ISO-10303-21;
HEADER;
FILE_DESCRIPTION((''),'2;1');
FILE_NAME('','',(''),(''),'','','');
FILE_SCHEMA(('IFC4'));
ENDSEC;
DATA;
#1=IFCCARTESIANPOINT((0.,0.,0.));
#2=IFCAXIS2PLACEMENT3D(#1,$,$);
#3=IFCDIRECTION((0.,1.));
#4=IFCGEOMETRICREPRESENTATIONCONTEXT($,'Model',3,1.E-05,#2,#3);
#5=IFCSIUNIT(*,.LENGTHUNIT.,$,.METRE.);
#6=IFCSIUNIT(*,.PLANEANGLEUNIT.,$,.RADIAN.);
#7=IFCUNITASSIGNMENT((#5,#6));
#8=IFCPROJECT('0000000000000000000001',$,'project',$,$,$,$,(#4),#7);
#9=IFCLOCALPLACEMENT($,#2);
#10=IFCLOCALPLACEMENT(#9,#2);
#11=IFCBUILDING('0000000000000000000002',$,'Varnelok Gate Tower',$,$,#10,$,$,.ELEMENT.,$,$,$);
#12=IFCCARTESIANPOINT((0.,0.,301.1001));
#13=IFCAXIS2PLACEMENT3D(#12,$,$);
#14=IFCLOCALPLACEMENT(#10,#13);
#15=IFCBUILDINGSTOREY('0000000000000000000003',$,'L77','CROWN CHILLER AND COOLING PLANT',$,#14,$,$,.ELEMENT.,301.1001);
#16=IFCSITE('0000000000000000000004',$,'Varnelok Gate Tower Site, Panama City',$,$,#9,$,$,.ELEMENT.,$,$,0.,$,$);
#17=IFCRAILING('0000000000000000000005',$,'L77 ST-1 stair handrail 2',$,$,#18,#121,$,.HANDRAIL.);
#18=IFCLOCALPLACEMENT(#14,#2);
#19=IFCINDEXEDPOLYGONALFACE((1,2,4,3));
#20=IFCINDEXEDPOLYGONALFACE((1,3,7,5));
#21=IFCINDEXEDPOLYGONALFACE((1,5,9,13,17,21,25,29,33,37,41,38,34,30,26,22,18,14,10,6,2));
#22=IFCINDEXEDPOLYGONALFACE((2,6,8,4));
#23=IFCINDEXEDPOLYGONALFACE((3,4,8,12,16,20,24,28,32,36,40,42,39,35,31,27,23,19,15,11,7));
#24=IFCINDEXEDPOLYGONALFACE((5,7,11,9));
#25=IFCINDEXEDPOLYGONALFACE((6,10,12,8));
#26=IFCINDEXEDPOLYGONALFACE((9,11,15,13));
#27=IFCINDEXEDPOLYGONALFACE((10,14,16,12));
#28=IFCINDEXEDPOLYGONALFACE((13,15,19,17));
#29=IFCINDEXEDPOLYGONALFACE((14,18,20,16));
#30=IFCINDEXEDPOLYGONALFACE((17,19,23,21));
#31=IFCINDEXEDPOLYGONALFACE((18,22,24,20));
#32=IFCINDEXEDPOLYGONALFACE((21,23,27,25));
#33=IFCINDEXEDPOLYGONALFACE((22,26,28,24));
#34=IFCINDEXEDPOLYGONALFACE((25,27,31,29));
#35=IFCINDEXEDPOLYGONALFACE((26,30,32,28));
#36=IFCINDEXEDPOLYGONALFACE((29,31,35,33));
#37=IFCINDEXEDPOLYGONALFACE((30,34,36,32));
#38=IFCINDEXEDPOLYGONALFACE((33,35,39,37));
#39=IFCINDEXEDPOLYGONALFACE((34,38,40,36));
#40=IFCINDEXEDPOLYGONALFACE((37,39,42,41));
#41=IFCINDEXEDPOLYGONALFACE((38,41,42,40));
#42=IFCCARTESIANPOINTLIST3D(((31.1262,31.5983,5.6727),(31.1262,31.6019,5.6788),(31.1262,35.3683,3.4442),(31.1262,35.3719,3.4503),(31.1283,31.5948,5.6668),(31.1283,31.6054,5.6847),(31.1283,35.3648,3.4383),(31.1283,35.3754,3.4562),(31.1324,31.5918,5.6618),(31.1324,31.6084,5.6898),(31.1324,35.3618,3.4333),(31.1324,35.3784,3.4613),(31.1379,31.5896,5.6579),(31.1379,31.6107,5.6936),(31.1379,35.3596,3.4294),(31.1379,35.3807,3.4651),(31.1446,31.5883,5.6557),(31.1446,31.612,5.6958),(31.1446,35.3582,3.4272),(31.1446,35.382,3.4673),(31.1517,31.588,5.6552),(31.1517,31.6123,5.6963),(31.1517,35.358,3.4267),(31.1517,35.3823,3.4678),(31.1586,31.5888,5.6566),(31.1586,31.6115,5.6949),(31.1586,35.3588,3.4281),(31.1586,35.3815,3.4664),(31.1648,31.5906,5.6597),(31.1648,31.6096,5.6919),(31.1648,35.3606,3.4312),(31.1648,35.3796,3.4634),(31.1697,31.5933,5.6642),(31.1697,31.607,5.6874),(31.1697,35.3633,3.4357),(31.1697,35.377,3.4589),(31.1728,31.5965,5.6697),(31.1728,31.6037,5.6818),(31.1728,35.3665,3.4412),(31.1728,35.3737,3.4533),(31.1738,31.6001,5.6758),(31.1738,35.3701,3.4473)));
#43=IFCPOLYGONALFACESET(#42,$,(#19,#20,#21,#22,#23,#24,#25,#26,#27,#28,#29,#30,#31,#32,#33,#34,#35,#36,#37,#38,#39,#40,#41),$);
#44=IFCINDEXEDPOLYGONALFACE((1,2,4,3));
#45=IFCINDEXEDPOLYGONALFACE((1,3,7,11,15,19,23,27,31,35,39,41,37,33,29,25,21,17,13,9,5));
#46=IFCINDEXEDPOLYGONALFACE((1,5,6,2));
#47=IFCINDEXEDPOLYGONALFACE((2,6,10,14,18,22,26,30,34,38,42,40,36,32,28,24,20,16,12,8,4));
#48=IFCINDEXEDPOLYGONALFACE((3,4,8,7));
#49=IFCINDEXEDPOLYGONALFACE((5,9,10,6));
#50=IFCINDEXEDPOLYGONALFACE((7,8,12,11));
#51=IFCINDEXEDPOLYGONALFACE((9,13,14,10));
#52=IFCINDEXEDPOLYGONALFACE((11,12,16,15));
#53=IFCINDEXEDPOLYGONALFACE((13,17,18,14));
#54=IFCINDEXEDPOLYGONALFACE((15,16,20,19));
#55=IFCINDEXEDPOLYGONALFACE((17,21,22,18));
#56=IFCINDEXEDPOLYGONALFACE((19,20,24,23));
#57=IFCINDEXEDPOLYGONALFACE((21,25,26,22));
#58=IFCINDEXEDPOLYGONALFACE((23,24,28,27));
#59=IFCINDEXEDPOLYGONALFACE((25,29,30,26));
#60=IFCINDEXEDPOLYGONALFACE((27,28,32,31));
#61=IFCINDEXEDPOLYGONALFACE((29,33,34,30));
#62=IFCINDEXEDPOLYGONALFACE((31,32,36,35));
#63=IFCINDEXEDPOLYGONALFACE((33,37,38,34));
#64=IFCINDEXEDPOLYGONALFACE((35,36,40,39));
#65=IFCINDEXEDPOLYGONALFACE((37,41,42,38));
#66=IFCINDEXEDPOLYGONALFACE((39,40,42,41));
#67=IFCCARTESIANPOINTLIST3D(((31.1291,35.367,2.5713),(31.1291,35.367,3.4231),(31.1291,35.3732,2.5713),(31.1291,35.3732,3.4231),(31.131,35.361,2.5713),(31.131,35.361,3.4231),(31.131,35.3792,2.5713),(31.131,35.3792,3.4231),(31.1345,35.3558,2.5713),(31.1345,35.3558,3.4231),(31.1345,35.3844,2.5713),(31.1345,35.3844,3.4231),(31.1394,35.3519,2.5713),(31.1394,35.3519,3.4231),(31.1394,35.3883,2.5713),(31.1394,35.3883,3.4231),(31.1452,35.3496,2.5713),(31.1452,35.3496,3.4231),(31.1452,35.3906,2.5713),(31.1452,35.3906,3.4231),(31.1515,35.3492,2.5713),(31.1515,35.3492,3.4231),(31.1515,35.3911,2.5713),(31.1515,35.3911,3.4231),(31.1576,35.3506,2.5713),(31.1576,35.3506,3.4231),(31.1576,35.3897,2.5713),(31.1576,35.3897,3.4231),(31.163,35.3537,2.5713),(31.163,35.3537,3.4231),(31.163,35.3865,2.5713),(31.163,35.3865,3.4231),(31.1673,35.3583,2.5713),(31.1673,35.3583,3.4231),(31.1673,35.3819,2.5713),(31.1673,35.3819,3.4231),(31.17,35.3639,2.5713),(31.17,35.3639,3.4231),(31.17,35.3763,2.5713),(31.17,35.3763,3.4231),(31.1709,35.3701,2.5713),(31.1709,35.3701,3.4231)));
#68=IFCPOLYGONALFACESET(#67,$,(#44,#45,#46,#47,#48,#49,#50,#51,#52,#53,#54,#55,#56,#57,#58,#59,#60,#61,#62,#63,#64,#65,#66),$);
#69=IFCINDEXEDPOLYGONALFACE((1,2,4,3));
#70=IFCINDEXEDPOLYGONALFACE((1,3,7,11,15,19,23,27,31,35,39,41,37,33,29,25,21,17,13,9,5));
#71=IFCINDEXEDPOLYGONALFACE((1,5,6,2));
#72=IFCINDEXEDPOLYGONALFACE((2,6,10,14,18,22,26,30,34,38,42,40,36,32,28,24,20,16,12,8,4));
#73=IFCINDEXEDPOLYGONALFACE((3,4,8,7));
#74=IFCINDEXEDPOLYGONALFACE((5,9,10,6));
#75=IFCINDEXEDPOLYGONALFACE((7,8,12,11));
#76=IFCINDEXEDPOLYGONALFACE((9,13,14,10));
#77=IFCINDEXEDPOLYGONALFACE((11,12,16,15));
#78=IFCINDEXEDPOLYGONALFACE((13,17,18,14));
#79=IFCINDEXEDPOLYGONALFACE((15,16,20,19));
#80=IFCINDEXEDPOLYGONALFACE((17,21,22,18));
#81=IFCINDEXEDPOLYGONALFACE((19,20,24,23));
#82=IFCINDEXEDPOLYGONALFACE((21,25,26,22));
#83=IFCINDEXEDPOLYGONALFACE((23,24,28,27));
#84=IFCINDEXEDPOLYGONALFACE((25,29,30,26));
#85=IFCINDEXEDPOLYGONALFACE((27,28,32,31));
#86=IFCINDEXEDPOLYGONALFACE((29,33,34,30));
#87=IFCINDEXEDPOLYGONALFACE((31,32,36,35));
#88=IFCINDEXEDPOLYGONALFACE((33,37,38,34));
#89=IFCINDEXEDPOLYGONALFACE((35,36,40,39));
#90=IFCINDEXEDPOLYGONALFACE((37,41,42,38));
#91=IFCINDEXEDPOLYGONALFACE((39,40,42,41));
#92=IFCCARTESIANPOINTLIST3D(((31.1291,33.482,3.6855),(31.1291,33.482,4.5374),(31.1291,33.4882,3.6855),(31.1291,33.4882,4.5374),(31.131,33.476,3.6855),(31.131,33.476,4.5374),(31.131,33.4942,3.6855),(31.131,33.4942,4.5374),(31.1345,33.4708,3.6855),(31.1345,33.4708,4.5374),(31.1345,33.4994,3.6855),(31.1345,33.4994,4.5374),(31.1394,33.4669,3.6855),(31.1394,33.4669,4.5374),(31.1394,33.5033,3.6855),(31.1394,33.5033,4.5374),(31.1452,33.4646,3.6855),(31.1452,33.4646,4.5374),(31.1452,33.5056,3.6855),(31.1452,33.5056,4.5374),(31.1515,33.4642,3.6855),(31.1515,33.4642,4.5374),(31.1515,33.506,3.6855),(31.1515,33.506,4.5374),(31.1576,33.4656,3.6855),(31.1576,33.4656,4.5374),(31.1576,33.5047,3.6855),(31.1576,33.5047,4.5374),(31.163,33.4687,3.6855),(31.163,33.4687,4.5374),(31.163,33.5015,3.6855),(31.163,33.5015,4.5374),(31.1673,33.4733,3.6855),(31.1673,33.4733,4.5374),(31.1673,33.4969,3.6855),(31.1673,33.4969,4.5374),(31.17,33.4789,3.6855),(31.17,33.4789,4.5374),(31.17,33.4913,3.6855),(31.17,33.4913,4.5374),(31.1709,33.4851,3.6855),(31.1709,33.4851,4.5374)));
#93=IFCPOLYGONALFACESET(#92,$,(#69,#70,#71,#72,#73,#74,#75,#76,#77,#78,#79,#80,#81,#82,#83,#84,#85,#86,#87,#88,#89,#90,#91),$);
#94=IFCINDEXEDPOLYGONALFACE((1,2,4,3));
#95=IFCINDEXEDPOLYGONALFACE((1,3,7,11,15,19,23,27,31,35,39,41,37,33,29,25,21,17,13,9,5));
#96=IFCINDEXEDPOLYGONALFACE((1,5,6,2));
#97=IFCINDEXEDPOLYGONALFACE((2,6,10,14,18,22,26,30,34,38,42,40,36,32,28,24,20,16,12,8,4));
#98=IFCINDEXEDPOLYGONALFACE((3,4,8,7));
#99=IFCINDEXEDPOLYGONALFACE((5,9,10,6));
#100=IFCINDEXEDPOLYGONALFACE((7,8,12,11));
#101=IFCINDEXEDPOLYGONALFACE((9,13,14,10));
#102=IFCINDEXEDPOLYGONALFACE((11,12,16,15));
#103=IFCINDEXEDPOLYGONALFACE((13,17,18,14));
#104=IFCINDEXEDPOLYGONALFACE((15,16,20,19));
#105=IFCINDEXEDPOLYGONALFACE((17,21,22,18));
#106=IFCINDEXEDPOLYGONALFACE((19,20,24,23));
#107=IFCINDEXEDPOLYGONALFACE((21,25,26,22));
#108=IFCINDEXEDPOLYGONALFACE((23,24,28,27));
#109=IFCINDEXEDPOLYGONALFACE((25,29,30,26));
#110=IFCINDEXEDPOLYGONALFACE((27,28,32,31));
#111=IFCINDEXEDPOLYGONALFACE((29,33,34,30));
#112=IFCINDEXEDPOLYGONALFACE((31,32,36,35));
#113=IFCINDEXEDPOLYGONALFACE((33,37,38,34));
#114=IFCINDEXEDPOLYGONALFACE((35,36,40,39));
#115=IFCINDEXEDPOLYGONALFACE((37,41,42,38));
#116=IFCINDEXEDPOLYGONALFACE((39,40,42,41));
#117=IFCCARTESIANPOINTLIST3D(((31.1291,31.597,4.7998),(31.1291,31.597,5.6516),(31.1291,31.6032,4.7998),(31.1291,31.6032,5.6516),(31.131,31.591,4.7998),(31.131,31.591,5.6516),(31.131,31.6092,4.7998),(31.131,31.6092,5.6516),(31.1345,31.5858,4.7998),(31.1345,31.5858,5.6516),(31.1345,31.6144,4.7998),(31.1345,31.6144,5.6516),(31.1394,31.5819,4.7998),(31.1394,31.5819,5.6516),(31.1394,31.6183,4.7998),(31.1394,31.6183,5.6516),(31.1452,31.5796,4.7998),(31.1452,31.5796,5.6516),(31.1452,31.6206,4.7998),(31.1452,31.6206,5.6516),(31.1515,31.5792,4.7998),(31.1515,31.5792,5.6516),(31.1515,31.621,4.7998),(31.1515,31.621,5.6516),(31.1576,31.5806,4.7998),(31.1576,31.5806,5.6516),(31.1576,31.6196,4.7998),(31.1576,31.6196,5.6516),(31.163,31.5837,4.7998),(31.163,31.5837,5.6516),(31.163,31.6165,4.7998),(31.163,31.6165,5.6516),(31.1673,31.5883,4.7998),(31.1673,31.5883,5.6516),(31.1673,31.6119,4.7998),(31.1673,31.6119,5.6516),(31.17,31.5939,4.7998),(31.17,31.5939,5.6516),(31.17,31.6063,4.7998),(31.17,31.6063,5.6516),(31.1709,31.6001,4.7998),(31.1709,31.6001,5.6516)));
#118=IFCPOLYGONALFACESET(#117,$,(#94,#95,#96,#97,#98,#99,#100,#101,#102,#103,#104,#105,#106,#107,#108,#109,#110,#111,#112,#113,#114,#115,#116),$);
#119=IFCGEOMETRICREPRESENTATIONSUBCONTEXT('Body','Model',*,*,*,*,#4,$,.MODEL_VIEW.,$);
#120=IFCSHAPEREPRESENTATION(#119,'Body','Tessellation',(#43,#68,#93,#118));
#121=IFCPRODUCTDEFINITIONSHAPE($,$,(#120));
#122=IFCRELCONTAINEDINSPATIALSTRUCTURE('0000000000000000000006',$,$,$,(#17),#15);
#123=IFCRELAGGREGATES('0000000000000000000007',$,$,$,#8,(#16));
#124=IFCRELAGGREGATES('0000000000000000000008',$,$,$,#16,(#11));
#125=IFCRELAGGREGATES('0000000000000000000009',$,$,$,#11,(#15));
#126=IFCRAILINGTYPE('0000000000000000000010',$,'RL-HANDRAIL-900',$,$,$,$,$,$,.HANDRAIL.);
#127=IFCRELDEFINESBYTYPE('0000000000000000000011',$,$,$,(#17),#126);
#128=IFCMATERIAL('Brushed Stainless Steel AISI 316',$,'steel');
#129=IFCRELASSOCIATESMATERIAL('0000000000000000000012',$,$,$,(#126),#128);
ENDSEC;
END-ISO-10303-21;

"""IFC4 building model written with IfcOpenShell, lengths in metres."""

from ifc_helpers import new_model, si_unit, direction, frame, origin, origin_2d, place, context, subcontext, project, spatial, circle, extrude, material, type_object, element, save


model = new_model("IFC4")

# Units and contexts
model_context = context("Model", 3, precision=1e-05, world=origin(), true_north=direction((0.0, 1.0)))
body_context = subcontext(model_context, "Body", "Model", "MODEL_VIEW")
ifc_project = project(units=[si_unit("LENGTHUNIT", "METRE"), si_unit("PLANEANGLEUNIT", "RADIAN")], contexts=[model_context])

# Site, building, storey
site_placement = place(None, origin())
site = spatial("IfcSite", under=ifc_project, at=site_placement, Name="Varnelok Gate Tower Site, Panama City", CompositionType="ELEMENT", RefElevation=0.0)
building_placement = place(site_placement, origin())
building = spatial("IfcBuilding", under=site, at=building_placement, Name="Varnelok Gate Tower", CompositionType="ELEMENT")
storey_placement = place(building_placement, frame((0.0, 0.0, 301.1001)))
storey = spatial("IfcBuildingStorey", under=building, at=storey_placement, Name="L77", Description="CROWN CHILLER AND COOLING PLANT", CompositionType="ELEMENT", Elevation=301.1001)

# Railing
ifc_material_1 = material(Name="Brushed Stainless Steel AISI 316", Category="steel")
railing_type_1 = type_object("IfcRailingType", Name="RL-HANDRAIL-900", PredefinedType="HANDRAIL", material=ifc_material_1)
railing_1_placement = place(storey_placement, frame((31.1499, 35.3701, 2.5713)))
element("IfcRailing", 1, at=railing_1_placement, inside=storey, type_object=railing_type_1, Name="L77 ST-1 stair handrail 2", PredefinedType="HANDRAIL", context=body_context, shape_type="SweptSolid", body=[
    extrude(circle(Radius=0.0239, at=origin_2d()), frame((0.0, 0.0, 0.876), z_axis=(0.0, -0.860849, 0.508861), x_axis=(1.0, 0.0, 0.0)), (0.0, 0.0, 1.0), 4.3794),
    extrude(circle(Radius=0.021, at=origin_2d()), origin(), (0.0, 0.0, 1.0), 0.8518),
    extrude(circle(Radius=0.021, at=origin_2d()), frame((0.0, -1.885, 1.1143)), (0.0, 0.0, 1.0), 0.8518),
    extrude(circle(Radius=0.021, at=origin_2d()), frame((0.0, -3.77, 2.2285)), (0.0, 0.0, 1.0), 0.8518),
])

save(model, "model.ifc")
